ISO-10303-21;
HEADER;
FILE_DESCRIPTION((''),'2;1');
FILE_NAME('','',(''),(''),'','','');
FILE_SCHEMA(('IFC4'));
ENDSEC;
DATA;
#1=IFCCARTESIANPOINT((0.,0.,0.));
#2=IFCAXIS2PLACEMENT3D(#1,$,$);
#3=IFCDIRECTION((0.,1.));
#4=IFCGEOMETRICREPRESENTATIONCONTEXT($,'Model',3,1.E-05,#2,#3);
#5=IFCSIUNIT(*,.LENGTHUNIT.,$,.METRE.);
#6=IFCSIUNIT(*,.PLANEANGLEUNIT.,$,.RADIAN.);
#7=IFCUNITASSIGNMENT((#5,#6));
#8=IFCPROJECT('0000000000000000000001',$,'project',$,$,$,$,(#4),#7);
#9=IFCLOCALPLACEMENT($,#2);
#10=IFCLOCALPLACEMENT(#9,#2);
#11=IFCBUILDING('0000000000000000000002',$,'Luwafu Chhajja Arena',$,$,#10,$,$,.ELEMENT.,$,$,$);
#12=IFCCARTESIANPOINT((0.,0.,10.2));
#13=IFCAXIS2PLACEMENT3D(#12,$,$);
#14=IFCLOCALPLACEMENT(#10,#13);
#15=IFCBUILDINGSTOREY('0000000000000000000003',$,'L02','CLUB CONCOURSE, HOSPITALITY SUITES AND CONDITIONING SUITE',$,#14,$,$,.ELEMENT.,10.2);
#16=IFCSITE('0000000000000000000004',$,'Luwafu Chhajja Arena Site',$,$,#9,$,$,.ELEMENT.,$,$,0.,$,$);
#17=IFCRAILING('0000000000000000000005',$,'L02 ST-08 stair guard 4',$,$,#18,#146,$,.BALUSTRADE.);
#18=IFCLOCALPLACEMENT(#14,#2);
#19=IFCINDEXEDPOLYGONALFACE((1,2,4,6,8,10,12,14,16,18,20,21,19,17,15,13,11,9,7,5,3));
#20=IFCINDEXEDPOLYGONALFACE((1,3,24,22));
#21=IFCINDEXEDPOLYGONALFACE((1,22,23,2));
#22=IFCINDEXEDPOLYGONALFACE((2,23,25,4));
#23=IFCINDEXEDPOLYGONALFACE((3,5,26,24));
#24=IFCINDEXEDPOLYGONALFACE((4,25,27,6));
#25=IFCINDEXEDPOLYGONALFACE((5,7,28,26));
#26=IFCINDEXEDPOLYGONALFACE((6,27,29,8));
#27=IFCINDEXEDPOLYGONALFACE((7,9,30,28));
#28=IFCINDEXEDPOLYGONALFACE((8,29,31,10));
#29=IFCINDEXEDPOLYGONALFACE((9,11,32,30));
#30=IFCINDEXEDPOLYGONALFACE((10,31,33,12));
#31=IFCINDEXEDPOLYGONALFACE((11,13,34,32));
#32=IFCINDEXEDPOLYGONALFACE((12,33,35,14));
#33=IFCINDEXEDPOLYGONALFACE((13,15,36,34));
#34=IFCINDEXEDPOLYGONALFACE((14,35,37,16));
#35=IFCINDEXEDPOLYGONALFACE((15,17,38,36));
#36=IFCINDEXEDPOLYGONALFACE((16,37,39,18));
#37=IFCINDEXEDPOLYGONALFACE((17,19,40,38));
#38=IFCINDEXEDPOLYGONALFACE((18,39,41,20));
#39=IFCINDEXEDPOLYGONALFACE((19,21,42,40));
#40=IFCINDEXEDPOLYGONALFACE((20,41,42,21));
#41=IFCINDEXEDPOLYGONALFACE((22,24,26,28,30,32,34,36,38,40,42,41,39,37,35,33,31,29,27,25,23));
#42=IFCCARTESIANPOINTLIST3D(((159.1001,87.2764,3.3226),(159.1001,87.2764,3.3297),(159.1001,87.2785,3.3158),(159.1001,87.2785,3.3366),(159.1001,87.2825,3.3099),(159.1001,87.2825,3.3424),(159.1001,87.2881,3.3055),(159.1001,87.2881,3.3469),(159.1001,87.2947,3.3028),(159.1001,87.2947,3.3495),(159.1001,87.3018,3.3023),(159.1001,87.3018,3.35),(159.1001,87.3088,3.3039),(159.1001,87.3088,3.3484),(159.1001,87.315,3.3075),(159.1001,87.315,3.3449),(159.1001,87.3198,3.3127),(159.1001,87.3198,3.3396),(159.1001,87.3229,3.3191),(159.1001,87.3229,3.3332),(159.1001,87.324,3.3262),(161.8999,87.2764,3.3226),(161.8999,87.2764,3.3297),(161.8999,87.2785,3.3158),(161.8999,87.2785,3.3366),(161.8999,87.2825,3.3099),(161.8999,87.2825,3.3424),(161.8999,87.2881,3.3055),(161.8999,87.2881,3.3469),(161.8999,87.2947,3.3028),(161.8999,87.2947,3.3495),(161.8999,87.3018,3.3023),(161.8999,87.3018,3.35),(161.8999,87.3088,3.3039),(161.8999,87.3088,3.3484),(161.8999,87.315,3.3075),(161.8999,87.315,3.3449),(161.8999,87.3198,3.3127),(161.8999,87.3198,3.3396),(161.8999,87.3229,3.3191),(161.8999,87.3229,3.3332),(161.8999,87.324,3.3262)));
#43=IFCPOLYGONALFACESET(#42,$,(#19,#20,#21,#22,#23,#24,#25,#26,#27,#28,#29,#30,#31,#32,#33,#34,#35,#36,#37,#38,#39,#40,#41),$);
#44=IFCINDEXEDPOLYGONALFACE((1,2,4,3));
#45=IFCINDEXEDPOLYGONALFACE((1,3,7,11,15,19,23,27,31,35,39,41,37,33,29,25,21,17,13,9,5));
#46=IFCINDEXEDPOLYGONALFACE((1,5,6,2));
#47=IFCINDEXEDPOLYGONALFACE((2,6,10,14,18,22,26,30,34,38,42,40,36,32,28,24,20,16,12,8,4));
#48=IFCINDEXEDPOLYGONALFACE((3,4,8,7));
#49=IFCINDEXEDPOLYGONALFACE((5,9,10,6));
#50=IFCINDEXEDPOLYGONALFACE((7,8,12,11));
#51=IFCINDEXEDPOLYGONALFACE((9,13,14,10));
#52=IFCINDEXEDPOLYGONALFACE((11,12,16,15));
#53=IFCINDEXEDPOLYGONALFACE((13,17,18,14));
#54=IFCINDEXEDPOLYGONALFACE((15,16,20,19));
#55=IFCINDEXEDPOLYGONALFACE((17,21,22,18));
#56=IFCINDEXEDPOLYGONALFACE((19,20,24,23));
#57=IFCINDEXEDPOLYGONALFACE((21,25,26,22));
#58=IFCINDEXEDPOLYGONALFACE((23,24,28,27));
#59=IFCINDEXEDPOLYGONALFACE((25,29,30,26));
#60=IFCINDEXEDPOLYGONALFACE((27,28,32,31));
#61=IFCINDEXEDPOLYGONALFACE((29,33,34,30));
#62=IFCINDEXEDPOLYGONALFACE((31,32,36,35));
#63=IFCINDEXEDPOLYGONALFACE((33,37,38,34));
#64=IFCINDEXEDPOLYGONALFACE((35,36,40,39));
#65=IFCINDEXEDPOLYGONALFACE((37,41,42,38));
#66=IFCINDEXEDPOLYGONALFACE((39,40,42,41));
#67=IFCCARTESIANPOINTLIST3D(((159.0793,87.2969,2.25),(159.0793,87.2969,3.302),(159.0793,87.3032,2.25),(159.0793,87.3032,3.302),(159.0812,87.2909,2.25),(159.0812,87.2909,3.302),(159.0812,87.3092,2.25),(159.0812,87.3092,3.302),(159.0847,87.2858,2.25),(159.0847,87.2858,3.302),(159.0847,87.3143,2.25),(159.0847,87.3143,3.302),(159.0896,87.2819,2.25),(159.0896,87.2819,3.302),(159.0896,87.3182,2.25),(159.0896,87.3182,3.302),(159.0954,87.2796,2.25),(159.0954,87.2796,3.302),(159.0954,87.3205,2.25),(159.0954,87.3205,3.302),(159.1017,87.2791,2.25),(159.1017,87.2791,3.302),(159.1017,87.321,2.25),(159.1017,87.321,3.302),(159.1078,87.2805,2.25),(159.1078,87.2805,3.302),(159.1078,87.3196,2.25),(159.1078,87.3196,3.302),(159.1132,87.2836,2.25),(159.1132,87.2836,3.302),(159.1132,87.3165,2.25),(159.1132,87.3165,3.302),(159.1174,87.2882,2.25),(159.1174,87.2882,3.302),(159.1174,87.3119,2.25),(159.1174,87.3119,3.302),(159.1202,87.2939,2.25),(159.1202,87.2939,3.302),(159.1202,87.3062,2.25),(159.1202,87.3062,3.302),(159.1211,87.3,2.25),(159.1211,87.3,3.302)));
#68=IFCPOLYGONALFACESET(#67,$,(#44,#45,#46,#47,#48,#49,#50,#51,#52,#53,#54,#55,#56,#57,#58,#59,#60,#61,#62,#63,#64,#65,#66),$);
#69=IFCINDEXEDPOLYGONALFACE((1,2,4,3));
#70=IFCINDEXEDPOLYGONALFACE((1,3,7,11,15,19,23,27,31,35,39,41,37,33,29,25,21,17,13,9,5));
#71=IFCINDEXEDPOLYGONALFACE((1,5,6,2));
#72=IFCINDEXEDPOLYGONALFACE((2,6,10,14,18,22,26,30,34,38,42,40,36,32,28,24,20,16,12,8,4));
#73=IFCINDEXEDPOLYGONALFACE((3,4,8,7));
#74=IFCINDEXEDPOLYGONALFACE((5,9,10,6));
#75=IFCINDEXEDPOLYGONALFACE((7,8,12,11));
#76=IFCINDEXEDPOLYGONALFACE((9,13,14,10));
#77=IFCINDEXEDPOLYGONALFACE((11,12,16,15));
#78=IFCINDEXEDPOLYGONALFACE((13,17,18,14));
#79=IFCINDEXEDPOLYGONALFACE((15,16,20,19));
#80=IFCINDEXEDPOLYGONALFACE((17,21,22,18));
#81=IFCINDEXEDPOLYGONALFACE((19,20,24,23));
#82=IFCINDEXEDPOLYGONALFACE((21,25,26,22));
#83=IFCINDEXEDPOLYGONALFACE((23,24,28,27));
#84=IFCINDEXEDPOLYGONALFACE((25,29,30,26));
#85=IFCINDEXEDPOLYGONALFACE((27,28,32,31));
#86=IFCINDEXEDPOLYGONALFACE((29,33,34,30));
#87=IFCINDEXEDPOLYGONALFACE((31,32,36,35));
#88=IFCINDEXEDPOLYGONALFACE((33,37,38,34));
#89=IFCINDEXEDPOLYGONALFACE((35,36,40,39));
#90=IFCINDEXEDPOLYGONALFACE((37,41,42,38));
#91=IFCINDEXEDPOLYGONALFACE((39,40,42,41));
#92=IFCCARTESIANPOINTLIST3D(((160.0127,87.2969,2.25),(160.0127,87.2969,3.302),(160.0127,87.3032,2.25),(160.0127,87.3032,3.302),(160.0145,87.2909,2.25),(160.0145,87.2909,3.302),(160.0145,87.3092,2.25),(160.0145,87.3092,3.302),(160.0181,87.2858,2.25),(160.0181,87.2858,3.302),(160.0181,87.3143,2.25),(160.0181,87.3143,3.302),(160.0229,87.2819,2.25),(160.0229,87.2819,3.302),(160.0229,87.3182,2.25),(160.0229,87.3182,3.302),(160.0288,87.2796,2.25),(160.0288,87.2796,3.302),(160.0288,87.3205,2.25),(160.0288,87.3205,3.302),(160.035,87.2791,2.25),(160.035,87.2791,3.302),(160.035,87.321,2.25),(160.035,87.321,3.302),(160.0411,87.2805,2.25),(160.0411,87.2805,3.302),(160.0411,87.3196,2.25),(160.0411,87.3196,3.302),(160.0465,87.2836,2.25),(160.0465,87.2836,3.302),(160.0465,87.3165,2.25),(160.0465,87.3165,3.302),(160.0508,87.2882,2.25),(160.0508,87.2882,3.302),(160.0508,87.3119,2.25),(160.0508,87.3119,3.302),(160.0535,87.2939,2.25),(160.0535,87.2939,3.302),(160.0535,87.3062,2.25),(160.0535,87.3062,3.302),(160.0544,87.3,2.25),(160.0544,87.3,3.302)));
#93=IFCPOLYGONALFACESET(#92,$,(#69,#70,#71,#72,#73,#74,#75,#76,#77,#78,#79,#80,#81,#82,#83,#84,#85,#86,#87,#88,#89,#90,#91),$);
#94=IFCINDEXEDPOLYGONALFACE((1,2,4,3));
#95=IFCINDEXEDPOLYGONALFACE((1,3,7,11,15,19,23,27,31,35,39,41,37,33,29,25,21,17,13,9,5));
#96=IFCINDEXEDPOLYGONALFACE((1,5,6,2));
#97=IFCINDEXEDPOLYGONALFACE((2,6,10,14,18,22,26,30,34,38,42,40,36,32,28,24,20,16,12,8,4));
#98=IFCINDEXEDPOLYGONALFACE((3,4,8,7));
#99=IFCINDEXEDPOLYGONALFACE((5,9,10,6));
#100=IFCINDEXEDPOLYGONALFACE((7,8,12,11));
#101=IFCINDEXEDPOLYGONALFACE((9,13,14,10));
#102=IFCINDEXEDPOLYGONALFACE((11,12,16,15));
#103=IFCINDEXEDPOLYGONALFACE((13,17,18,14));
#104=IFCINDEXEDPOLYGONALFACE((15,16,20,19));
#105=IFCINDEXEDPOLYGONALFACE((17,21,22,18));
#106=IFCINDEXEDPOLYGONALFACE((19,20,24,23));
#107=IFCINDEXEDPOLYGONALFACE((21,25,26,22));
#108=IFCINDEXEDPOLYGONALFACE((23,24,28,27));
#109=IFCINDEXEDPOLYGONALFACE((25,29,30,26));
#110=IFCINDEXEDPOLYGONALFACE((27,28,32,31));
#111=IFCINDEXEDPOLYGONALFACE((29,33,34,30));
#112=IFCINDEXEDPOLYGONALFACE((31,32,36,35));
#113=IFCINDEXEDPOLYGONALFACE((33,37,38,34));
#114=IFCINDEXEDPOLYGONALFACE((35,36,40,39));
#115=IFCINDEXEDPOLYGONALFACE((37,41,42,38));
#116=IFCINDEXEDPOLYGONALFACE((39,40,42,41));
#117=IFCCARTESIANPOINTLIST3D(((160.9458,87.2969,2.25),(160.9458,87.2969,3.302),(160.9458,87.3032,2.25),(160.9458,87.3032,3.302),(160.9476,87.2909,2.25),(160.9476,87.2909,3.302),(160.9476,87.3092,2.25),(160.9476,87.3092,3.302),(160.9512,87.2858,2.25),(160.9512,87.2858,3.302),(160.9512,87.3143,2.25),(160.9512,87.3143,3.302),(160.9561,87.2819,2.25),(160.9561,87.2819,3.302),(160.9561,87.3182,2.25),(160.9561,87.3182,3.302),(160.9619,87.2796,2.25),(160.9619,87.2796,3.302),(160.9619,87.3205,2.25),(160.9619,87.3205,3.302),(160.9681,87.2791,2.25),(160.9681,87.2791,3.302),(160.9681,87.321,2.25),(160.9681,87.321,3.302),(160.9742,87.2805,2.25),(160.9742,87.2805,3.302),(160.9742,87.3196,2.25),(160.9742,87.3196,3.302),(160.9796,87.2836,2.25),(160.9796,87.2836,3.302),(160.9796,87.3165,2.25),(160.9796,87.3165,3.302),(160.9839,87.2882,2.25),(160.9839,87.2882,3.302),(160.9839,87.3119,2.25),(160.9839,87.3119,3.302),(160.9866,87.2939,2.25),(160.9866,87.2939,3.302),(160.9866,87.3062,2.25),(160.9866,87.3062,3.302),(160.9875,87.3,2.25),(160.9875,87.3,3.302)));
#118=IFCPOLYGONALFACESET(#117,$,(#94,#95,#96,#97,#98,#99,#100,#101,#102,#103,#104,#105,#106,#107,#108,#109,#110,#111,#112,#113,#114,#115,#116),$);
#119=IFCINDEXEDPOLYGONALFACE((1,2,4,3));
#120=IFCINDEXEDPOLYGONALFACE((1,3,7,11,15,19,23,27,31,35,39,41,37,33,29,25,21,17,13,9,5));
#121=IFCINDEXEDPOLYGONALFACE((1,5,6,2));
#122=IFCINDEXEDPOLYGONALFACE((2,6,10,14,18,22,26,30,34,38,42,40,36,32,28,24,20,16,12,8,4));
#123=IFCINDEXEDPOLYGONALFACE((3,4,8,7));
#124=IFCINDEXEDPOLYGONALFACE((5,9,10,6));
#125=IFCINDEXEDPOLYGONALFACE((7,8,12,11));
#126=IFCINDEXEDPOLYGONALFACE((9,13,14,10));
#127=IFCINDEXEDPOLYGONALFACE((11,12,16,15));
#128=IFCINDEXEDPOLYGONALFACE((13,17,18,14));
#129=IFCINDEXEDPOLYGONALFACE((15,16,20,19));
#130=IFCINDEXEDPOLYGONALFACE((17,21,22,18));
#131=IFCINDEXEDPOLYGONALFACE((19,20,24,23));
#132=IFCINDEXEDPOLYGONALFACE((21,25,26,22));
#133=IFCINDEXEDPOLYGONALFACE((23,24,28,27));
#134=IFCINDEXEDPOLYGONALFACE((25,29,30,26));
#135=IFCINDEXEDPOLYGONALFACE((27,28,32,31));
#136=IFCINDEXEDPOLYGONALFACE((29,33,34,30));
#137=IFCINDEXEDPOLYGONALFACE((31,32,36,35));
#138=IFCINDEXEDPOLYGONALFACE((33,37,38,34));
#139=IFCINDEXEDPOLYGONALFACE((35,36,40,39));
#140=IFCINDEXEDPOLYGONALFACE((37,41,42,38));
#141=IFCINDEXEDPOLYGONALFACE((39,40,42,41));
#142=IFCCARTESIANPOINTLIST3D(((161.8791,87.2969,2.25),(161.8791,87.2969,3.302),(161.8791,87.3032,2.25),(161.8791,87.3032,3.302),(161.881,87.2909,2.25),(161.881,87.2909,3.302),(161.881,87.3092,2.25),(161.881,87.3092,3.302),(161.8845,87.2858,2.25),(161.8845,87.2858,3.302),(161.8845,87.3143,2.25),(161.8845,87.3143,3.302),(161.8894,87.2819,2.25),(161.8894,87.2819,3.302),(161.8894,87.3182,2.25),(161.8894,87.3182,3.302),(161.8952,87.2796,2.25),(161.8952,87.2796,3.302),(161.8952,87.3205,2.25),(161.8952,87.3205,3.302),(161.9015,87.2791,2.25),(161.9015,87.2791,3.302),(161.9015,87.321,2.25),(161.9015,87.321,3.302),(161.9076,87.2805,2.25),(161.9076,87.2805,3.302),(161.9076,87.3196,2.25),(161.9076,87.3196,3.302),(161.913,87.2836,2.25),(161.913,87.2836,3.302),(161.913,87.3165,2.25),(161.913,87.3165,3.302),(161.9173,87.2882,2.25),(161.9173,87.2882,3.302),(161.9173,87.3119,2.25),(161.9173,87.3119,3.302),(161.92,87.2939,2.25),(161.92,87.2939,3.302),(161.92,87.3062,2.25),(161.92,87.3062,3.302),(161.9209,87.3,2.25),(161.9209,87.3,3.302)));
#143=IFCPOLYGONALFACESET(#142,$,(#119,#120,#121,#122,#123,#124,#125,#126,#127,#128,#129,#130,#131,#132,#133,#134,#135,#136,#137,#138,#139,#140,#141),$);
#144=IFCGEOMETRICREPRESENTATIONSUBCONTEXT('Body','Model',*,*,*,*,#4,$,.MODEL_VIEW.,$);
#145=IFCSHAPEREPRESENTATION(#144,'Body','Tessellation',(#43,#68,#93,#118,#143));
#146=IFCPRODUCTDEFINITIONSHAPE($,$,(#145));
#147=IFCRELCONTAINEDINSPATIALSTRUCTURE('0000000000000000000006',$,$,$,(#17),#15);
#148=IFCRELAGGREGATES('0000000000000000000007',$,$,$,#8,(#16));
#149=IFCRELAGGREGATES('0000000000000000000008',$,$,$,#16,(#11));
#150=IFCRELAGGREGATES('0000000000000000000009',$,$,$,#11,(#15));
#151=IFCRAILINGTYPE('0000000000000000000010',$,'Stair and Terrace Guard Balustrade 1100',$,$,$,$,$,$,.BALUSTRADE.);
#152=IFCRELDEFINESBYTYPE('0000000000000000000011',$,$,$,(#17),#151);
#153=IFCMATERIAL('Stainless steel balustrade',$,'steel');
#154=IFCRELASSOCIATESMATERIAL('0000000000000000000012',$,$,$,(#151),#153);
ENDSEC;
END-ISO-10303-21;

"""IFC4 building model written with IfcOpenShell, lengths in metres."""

from ifc_helpers import new_model, si_unit, direction, frame, origin, origin_2d, place, context, subcontext, project, spatial, circle, extrude, material, type_object, element, save


model = new_model("IFC4")

# Units and contexts
model_context = context("Model", 3, precision=1e-05, world=origin(), true_north=direction((0.0, 1.0)))
body_context = subcontext(model_context, "Body", "Model", "MODEL_VIEW")
ifc_project = project(units=[si_unit("LENGTHUNIT", "METRE"), si_unit("PLANEANGLEUNIT", "RADIAN")], contexts=[model_context])

# Site, building, storey
site_placement = place(None, origin())
site = spatial("IfcSite", under=ifc_project, at=site_placement, Name="Luwafu Chhajja Arena Site", CompositionType="ELEMENT", RefElevation=0.0)
building_placement = place(site_placement, origin())
building = spatial("IfcBuilding", under=site, at=building_placement, Name="Luwafu Chhajja Arena", CompositionType="ELEMENT")
storey_placement = place(building_placement, frame((0.0, 0.0, 10.2)))
storey = spatial("IfcBuildingStorey", under=building, at=storey_placement, Name="L02", Description="CLUB CONCOURSE, HOSPITALITY SUITES AND CONDITIONING SUITE", CompositionType="ELEMENT", Elevation=10.2)

# Railing
ifc_material_1 = material(Name="Stainless steel balustrade", Category="steel")
railing_type_1 = type_object("IfcRailingType", Name="Stair and Terrace Guard Balustrade 1100", PredefinedType="BALUSTRADE", material=ifc_material_1)
for number, where, name in (
    (1, (159.1001, 87.3, 2.25), "L02 ST-08 stair guard 4"),
):
    element("IfcRailing", number, at=place(storey_placement, frame(where)), inside=storey, type_object=railing_type_1, Name=name, PredefinedType="BALUSTRADE", context=body_context, shape_type="SweptSolid", body=[
        extrude(circle(Radius=0.0239, at=origin_2d()), frame((0.0, 0.0, 1.0762), z_axis=(1.0, 0.0, 0.0), x_axis=(0.0, 1.0, 0.0)), (0.0, 0.0, 1.0), 2.7998),
        extrude(circle(Radius=0.021, at=origin_2d()), origin(), (0.0, 0.0, 1.0), 1.052),
        extrude(circle(Radius=0.021, at=origin_2d()), frame((0.9333, 0.0, 0.0)), (0.0, 0.0, 1.0), 1.052),
        extrude(circle(Radius=0.021, at=origin_2d()), frame((1.8665, 0.0, 0.0)), (0.0, 0.0, 1.0), 1.052),
        extrude(circle(Radius=0.021, at=origin_2d()), frame((2.7998, 0.0, 0.0)), (0.0, 0.0, 1.0), 1.052),
    ])

save(model, "model.ifc")
